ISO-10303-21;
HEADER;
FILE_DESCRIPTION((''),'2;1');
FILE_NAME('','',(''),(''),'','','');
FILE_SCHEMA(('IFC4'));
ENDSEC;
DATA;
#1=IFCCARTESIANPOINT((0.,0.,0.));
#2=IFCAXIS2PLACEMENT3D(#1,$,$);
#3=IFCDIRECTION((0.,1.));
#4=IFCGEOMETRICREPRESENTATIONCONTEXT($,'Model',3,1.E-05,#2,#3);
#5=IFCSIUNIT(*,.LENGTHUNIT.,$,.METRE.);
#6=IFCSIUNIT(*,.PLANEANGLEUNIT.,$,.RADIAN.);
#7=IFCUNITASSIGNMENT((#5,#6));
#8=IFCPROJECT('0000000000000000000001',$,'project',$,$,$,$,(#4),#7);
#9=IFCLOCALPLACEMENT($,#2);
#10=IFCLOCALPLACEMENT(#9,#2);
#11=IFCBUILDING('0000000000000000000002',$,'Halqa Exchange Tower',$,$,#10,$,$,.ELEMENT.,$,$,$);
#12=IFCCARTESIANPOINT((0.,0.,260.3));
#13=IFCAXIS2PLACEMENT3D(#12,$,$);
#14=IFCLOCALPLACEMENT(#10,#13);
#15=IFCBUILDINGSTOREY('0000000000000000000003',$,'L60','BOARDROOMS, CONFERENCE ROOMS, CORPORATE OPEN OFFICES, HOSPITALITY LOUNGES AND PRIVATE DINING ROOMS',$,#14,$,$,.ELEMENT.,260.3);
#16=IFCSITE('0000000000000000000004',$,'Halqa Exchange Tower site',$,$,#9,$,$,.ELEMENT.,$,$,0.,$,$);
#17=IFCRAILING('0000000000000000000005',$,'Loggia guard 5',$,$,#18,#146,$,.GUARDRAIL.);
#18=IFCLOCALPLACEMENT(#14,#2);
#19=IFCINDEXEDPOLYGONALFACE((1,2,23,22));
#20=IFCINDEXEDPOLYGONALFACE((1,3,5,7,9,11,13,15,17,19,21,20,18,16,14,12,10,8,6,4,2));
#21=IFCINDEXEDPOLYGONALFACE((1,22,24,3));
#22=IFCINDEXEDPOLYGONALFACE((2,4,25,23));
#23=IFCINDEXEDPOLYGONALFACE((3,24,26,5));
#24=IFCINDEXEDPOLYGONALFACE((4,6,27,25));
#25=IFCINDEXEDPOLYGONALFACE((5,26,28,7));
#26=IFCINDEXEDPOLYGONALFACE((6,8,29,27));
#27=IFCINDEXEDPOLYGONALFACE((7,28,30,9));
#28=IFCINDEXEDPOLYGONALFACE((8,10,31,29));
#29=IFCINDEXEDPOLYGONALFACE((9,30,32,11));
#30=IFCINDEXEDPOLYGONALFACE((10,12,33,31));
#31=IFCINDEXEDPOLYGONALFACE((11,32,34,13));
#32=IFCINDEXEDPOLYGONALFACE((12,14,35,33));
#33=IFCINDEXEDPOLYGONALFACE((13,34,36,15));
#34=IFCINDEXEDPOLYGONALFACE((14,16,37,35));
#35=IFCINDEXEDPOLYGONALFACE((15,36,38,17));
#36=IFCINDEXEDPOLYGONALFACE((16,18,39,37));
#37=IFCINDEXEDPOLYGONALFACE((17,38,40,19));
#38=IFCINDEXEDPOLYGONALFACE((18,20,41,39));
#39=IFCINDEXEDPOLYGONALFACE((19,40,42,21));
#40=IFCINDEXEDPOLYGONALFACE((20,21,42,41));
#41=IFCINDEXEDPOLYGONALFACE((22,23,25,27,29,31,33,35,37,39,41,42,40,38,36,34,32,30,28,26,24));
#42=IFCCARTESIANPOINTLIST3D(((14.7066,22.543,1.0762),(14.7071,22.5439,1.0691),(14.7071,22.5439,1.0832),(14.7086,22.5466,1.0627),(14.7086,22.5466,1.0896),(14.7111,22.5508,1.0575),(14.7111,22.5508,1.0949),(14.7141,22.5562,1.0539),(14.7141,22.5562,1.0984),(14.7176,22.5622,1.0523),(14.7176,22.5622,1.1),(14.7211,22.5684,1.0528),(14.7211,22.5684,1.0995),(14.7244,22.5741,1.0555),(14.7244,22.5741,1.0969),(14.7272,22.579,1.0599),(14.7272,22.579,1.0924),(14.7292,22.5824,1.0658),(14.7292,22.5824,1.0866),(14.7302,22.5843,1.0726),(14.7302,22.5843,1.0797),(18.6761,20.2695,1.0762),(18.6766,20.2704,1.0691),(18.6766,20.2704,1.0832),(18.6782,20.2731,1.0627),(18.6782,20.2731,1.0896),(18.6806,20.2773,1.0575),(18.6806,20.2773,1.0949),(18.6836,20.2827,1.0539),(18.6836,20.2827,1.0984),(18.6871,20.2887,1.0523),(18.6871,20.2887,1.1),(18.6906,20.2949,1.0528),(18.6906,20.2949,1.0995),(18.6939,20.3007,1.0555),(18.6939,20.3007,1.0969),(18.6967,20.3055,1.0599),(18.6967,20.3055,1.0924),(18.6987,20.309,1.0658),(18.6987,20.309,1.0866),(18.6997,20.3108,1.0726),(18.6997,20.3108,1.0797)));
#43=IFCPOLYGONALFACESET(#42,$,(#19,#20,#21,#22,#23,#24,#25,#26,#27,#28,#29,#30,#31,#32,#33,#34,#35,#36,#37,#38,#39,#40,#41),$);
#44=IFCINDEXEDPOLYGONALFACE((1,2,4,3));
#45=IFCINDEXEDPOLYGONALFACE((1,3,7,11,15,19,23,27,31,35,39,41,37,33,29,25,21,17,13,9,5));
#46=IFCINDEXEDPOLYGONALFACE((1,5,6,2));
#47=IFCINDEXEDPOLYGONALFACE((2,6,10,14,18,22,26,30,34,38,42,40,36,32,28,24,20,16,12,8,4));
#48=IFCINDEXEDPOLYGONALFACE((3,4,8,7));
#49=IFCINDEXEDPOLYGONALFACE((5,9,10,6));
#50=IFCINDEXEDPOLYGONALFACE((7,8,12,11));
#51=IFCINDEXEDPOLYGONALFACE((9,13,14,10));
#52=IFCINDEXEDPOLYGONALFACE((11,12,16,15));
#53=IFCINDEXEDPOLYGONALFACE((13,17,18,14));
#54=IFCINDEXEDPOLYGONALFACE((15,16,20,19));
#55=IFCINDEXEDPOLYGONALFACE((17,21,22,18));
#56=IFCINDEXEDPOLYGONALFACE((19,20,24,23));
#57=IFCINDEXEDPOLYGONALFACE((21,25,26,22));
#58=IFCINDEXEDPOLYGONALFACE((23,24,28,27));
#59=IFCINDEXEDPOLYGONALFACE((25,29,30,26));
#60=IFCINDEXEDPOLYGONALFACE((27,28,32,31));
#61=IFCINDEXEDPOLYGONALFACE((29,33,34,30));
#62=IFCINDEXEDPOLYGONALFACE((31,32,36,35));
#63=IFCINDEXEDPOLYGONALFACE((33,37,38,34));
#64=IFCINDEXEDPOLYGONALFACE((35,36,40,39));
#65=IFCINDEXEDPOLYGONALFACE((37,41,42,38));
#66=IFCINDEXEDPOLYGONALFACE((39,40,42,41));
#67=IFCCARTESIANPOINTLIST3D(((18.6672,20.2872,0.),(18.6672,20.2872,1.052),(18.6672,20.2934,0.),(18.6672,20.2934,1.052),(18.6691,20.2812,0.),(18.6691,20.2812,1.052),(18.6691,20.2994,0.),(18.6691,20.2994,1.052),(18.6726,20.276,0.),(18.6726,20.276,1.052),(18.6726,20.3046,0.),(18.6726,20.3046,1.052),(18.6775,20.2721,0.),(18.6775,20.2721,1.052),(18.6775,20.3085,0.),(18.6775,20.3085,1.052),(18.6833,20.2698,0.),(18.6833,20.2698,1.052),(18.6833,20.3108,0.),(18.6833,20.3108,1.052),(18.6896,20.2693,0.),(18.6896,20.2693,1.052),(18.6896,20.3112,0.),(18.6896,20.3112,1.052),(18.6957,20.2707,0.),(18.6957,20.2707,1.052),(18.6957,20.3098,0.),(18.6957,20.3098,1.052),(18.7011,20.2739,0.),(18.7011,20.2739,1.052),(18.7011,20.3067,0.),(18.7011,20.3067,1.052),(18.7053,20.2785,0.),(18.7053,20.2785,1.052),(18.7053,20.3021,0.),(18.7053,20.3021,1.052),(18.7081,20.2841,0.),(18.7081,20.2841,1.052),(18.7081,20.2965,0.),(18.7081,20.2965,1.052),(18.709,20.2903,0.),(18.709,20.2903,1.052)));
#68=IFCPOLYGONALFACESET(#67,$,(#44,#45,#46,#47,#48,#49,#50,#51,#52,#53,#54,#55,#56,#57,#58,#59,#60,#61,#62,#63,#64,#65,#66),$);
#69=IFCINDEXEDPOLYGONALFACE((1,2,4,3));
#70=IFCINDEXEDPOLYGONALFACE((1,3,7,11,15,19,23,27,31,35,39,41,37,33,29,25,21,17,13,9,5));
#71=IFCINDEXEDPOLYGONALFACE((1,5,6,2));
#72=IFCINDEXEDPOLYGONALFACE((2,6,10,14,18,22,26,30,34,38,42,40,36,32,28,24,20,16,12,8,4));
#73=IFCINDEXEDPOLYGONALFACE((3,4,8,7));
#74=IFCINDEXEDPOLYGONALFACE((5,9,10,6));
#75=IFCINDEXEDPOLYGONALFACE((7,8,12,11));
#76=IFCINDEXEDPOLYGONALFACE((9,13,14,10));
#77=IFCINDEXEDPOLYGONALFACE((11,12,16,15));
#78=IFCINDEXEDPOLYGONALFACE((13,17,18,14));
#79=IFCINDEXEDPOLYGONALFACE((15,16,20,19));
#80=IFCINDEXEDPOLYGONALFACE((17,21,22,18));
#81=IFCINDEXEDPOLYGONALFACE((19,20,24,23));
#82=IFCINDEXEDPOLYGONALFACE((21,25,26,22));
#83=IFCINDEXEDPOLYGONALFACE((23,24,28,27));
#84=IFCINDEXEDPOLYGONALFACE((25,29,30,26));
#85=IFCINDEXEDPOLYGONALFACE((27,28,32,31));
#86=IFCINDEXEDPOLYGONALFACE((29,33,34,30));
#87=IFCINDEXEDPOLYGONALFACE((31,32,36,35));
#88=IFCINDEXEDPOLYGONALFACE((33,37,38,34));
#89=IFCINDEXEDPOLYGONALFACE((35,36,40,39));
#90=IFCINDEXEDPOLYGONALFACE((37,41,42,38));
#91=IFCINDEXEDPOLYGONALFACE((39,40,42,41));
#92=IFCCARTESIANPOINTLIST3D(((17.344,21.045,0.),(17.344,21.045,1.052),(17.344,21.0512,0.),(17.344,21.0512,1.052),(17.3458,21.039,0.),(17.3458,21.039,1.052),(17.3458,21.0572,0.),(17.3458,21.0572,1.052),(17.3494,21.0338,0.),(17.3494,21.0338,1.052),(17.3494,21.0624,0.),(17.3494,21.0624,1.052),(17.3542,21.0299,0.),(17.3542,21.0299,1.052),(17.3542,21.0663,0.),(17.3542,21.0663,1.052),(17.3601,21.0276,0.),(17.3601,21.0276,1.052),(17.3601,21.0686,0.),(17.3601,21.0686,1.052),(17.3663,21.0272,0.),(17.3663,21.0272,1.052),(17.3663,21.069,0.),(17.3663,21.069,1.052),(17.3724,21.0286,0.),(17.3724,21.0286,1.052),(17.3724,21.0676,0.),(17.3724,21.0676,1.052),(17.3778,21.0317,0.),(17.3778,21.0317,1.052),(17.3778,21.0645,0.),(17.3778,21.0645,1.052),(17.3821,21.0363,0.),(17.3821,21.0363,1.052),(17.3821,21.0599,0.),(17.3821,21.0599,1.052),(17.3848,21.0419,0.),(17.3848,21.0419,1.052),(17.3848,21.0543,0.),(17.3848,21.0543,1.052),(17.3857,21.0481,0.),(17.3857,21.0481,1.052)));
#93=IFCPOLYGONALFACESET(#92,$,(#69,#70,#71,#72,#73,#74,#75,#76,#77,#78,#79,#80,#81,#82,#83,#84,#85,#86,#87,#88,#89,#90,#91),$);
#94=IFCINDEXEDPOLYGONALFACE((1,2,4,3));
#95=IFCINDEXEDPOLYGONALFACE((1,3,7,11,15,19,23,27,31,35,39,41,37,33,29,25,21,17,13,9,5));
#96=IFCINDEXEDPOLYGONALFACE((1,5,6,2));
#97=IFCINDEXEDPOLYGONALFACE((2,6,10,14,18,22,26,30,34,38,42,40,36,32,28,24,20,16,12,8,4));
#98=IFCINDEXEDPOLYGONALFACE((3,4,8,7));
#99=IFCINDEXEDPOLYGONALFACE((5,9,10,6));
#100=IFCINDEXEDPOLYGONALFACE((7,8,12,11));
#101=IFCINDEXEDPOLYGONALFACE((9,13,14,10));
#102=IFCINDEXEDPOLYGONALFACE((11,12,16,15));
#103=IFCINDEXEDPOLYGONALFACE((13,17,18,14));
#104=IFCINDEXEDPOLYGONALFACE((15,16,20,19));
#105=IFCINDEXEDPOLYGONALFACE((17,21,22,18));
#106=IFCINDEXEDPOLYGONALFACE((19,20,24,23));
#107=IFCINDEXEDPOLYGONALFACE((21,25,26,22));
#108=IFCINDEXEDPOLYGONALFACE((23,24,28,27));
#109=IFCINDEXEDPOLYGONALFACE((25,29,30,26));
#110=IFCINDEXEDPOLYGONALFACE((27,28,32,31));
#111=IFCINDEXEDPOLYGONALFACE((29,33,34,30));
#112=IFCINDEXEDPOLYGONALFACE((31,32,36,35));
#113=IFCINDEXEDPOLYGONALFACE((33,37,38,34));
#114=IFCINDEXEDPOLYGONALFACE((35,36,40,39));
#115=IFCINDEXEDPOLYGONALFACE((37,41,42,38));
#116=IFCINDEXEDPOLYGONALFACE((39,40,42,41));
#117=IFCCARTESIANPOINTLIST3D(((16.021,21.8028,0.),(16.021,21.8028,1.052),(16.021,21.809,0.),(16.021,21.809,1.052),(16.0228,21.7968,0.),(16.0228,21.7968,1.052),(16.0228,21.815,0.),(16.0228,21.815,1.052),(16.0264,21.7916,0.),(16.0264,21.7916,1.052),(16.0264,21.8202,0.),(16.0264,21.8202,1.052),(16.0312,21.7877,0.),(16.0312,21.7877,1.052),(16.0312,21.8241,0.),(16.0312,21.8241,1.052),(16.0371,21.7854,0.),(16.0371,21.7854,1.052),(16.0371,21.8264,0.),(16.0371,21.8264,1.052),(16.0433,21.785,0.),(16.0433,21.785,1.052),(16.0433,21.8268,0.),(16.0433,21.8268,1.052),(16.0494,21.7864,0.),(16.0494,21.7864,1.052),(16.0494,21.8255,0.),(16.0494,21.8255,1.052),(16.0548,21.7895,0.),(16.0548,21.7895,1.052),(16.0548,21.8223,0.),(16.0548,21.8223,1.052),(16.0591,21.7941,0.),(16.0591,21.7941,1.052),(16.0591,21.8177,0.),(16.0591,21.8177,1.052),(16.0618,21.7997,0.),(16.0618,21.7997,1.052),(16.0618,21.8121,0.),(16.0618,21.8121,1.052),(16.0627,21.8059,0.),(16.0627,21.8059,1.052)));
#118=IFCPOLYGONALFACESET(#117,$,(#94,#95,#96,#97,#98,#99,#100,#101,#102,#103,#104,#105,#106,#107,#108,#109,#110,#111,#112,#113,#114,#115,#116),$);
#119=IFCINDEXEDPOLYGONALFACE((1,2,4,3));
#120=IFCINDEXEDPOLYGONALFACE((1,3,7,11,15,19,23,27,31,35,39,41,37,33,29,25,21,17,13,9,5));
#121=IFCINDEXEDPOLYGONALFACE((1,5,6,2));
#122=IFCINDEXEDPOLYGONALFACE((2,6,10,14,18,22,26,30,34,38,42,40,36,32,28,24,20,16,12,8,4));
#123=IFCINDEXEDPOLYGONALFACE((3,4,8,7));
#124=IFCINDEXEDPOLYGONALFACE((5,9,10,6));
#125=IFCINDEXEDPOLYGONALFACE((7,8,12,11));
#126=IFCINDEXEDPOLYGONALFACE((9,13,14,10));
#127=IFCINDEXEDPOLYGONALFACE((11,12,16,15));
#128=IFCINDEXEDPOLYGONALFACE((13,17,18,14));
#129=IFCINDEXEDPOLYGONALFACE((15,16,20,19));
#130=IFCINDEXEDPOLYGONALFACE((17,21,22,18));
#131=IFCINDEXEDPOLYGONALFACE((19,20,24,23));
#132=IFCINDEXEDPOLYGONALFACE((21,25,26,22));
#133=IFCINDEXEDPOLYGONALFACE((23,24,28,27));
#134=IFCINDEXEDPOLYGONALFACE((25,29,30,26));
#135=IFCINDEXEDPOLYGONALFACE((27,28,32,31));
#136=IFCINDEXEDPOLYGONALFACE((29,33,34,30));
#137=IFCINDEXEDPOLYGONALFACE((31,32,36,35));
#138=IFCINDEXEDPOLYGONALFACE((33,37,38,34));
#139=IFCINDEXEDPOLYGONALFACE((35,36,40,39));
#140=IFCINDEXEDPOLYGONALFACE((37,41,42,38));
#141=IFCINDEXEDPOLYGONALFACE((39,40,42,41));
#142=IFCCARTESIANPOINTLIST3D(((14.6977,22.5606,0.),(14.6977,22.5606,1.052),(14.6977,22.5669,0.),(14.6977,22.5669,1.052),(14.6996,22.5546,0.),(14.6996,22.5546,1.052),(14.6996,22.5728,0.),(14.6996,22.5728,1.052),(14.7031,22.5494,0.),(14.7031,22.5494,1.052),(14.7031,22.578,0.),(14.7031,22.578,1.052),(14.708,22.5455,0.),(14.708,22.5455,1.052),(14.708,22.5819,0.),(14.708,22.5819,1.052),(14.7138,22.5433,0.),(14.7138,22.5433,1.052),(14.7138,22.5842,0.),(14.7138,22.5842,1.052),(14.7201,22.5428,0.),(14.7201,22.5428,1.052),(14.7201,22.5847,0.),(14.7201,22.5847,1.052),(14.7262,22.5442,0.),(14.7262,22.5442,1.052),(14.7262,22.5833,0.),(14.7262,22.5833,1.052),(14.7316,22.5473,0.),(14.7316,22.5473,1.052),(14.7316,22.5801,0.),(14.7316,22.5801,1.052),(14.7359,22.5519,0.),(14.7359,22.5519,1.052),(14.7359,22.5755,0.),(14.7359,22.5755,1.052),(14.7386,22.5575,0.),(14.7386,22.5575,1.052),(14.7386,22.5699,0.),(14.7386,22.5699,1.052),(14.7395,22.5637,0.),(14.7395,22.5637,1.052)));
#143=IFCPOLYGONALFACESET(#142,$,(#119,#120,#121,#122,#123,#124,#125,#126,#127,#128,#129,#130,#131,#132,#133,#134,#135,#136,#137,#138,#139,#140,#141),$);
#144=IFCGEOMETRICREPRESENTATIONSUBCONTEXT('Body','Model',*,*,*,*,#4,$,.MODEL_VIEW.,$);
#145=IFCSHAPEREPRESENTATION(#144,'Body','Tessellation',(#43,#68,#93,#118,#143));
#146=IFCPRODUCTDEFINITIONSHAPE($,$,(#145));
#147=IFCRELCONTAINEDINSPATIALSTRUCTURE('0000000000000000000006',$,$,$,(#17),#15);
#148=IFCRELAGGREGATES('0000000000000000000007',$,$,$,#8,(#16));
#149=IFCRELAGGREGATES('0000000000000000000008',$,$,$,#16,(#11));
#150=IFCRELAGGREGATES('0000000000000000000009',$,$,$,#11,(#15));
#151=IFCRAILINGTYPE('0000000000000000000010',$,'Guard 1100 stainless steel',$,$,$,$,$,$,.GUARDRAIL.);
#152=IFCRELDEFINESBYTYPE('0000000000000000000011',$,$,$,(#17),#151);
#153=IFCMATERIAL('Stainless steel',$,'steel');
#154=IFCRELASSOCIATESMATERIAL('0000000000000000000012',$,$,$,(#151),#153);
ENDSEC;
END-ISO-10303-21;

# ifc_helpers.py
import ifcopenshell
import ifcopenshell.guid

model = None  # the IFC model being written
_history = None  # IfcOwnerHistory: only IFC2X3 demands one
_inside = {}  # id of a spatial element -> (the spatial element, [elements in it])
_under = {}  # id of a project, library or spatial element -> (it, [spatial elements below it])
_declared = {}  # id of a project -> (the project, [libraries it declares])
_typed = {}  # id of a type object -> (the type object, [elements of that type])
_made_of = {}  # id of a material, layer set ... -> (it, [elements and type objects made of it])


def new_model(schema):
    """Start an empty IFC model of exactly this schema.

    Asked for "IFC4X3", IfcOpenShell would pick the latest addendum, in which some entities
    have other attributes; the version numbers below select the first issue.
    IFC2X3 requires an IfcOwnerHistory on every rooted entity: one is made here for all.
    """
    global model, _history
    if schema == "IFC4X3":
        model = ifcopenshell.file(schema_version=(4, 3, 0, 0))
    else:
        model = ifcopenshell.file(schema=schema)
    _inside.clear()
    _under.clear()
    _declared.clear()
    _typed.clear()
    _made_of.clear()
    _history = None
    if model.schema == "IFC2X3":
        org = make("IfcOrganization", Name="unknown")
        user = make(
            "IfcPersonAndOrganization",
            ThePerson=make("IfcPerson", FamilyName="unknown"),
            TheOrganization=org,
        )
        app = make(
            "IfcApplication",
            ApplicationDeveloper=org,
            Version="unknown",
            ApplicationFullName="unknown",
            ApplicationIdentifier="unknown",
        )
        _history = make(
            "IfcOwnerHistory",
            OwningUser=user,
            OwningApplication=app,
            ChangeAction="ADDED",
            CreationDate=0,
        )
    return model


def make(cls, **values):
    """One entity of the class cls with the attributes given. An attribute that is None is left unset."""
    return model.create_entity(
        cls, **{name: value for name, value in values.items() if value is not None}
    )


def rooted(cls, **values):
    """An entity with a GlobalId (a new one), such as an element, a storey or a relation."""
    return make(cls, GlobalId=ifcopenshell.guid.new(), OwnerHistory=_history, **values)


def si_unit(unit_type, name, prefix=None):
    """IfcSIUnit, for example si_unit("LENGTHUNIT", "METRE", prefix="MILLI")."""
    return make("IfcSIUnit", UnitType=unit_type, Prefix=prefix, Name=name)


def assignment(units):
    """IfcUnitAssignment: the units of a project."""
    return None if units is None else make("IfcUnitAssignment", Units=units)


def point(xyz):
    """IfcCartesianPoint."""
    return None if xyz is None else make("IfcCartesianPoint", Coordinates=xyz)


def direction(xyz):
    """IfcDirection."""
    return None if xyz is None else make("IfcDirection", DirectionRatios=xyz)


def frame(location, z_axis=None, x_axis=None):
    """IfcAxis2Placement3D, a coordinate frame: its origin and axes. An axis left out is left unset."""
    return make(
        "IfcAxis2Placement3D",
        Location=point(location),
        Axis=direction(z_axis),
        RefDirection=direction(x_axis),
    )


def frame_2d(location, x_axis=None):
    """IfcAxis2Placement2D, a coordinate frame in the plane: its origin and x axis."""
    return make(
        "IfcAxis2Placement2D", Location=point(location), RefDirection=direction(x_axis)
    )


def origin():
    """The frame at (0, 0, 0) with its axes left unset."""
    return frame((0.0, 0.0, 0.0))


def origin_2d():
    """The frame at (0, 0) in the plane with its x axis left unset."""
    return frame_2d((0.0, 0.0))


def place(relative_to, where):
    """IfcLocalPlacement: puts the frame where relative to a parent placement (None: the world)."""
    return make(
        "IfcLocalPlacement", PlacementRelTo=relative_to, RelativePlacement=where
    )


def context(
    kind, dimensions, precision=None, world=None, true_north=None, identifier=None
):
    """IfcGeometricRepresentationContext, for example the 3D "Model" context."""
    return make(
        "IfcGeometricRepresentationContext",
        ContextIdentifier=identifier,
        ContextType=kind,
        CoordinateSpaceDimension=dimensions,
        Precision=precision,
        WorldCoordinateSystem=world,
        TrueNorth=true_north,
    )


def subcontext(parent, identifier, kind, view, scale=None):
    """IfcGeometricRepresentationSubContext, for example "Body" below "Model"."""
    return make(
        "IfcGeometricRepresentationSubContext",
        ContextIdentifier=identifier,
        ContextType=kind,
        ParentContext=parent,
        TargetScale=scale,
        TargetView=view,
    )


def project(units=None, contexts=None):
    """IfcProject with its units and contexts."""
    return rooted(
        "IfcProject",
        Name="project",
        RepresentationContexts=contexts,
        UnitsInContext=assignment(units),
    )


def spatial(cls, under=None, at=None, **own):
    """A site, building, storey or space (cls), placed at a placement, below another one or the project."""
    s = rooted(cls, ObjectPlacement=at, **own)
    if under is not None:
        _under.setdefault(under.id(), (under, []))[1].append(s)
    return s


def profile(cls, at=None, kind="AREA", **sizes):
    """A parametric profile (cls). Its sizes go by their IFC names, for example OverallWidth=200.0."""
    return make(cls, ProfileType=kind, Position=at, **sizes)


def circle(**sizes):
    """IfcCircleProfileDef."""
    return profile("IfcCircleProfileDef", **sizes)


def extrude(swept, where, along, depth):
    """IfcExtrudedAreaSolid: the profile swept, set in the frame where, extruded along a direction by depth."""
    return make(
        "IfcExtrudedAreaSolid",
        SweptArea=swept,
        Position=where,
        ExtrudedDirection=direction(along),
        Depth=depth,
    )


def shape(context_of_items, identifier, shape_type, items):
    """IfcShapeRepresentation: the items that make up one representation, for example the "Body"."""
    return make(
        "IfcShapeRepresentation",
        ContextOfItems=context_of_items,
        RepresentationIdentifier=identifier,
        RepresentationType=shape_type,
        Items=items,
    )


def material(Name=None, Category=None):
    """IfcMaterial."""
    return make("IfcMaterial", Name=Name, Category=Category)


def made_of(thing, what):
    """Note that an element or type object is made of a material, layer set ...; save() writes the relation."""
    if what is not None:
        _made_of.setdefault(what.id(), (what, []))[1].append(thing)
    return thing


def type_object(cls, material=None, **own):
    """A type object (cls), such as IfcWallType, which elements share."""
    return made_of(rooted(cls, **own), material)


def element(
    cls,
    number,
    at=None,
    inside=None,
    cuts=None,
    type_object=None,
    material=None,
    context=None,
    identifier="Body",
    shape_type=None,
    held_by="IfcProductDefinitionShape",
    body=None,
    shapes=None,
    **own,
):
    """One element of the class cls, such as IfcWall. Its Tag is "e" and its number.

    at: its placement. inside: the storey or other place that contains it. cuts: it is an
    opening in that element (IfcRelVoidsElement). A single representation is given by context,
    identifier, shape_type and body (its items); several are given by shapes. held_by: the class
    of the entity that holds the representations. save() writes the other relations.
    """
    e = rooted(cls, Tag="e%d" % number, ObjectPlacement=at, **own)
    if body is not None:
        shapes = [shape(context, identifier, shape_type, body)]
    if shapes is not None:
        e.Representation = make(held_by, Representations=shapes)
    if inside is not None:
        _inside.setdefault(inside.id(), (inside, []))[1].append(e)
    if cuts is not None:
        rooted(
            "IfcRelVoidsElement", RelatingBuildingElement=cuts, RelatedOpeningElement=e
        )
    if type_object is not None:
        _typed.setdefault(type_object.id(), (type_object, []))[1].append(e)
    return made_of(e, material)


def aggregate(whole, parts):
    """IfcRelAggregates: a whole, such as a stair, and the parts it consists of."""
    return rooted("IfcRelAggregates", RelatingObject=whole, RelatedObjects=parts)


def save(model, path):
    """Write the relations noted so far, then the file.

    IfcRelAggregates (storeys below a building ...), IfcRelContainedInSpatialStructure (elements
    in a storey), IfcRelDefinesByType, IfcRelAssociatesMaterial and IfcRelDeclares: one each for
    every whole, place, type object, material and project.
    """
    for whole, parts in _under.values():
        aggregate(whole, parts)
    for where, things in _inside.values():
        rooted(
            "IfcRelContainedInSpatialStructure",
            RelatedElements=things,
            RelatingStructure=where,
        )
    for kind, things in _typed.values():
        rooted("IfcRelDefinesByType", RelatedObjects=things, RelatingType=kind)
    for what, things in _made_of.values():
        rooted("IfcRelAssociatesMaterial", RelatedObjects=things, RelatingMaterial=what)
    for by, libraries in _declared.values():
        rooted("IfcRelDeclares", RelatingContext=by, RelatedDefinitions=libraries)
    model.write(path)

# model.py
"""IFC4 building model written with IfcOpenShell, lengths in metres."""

from ifc_helpers import new_model, si_unit, direction, frame, origin, origin_2d, place, context, subcontext, project, spatial, circle, extrude, material, type_object, element, save


model = new_model("IFC4")

# Units and contexts
model_context = context("Model", 3, precision=1e-05, world=origin(), true_north=direction((0.0, 1.0)))
body_context = subcontext(model_context, "Body", "Model", "MODEL_VIEW")
ifc_project = project(units=[si_unit("LENGTHUNIT", "METRE"), si_unit("PLANEANGLEUNIT", "RADIAN")], contexts=[model_context])

# Site, building, storey
site_placement = place(None, origin())
site = spatial("IfcSite", under=ifc_project, at=site_placement, Name="Halqa Exchange Tower site", CompositionType="ELEMENT", RefElevation=0.0)
building_placement = place(site_placement, origin())
building = spatial("IfcBuilding", under=site, at=building_placement, Name="Halqa Exchange Tower", CompositionType="ELEMENT")
storey_placement = place(building_placement, frame((0.0, 0.0, 260.3)))
storey = spatial("IfcBuildingStorey", under=building, at=storey_placement, Name="L60", Description="BOARDROOMS, CONFERENCE ROOMS, CORPORATE OPEN OFFICES, HOSPITALITY LOUNGES AND PRIVATE DINING ROOMS", CompositionType="ELEMENT", Elevation=260.3)

# Railing
ifc_material_1 = material(Name="Stainless steel", Category="steel")
railing_type = type_object("IfcRailingType", Name="Guard 1100 stainless steel", PredefinedType="GUARDRAIL", material=ifc_material_1)
railing_1_placement = place(storey_placement, frame((18.688, 20.2903, 0.0)))
element("IfcRailing", 1, at=railing_1_placement, inside=storey, type_object=railing_type, Name="Loggia guard 5", PredefinedType="GUARDRAIL", context=body_context, shape_type="SweptSolid", body=[
    extrude(circle(Radius=0.0239, at=origin_2d()), frame((0.0, 0.0, 1.0762), z_axis=(-0.867757, 0.496989, 0.0), x_axis=(-0.496989, -0.867757, 0.0)), (0.0, 0.0, 1.0), 4.5745),
    extrude(circle(Radius=0.021, at=origin_2d()), origin(), (0.0, 0.0, 1.0), 1.052),
    extrude(circle(Radius=0.021, at=origin_2d()), frame((-1.3232, 0.7578, 0.0)), (0.0, 0.0, 1.0), 1.052),
    extrude(circle(Radius=0.021, at=origin_2d()), frame((-2.6462, 1.5156, 0.0)), (0.0, 0.0, 1.0), 1.052),
    extrude(circle(Radius=0.021, at=origin_2d()), frame((-3.9695, 2.2734, 0.0)), (0.0, 0.0, 1.0), 1.052),
])

save(model, "model.ifc")
